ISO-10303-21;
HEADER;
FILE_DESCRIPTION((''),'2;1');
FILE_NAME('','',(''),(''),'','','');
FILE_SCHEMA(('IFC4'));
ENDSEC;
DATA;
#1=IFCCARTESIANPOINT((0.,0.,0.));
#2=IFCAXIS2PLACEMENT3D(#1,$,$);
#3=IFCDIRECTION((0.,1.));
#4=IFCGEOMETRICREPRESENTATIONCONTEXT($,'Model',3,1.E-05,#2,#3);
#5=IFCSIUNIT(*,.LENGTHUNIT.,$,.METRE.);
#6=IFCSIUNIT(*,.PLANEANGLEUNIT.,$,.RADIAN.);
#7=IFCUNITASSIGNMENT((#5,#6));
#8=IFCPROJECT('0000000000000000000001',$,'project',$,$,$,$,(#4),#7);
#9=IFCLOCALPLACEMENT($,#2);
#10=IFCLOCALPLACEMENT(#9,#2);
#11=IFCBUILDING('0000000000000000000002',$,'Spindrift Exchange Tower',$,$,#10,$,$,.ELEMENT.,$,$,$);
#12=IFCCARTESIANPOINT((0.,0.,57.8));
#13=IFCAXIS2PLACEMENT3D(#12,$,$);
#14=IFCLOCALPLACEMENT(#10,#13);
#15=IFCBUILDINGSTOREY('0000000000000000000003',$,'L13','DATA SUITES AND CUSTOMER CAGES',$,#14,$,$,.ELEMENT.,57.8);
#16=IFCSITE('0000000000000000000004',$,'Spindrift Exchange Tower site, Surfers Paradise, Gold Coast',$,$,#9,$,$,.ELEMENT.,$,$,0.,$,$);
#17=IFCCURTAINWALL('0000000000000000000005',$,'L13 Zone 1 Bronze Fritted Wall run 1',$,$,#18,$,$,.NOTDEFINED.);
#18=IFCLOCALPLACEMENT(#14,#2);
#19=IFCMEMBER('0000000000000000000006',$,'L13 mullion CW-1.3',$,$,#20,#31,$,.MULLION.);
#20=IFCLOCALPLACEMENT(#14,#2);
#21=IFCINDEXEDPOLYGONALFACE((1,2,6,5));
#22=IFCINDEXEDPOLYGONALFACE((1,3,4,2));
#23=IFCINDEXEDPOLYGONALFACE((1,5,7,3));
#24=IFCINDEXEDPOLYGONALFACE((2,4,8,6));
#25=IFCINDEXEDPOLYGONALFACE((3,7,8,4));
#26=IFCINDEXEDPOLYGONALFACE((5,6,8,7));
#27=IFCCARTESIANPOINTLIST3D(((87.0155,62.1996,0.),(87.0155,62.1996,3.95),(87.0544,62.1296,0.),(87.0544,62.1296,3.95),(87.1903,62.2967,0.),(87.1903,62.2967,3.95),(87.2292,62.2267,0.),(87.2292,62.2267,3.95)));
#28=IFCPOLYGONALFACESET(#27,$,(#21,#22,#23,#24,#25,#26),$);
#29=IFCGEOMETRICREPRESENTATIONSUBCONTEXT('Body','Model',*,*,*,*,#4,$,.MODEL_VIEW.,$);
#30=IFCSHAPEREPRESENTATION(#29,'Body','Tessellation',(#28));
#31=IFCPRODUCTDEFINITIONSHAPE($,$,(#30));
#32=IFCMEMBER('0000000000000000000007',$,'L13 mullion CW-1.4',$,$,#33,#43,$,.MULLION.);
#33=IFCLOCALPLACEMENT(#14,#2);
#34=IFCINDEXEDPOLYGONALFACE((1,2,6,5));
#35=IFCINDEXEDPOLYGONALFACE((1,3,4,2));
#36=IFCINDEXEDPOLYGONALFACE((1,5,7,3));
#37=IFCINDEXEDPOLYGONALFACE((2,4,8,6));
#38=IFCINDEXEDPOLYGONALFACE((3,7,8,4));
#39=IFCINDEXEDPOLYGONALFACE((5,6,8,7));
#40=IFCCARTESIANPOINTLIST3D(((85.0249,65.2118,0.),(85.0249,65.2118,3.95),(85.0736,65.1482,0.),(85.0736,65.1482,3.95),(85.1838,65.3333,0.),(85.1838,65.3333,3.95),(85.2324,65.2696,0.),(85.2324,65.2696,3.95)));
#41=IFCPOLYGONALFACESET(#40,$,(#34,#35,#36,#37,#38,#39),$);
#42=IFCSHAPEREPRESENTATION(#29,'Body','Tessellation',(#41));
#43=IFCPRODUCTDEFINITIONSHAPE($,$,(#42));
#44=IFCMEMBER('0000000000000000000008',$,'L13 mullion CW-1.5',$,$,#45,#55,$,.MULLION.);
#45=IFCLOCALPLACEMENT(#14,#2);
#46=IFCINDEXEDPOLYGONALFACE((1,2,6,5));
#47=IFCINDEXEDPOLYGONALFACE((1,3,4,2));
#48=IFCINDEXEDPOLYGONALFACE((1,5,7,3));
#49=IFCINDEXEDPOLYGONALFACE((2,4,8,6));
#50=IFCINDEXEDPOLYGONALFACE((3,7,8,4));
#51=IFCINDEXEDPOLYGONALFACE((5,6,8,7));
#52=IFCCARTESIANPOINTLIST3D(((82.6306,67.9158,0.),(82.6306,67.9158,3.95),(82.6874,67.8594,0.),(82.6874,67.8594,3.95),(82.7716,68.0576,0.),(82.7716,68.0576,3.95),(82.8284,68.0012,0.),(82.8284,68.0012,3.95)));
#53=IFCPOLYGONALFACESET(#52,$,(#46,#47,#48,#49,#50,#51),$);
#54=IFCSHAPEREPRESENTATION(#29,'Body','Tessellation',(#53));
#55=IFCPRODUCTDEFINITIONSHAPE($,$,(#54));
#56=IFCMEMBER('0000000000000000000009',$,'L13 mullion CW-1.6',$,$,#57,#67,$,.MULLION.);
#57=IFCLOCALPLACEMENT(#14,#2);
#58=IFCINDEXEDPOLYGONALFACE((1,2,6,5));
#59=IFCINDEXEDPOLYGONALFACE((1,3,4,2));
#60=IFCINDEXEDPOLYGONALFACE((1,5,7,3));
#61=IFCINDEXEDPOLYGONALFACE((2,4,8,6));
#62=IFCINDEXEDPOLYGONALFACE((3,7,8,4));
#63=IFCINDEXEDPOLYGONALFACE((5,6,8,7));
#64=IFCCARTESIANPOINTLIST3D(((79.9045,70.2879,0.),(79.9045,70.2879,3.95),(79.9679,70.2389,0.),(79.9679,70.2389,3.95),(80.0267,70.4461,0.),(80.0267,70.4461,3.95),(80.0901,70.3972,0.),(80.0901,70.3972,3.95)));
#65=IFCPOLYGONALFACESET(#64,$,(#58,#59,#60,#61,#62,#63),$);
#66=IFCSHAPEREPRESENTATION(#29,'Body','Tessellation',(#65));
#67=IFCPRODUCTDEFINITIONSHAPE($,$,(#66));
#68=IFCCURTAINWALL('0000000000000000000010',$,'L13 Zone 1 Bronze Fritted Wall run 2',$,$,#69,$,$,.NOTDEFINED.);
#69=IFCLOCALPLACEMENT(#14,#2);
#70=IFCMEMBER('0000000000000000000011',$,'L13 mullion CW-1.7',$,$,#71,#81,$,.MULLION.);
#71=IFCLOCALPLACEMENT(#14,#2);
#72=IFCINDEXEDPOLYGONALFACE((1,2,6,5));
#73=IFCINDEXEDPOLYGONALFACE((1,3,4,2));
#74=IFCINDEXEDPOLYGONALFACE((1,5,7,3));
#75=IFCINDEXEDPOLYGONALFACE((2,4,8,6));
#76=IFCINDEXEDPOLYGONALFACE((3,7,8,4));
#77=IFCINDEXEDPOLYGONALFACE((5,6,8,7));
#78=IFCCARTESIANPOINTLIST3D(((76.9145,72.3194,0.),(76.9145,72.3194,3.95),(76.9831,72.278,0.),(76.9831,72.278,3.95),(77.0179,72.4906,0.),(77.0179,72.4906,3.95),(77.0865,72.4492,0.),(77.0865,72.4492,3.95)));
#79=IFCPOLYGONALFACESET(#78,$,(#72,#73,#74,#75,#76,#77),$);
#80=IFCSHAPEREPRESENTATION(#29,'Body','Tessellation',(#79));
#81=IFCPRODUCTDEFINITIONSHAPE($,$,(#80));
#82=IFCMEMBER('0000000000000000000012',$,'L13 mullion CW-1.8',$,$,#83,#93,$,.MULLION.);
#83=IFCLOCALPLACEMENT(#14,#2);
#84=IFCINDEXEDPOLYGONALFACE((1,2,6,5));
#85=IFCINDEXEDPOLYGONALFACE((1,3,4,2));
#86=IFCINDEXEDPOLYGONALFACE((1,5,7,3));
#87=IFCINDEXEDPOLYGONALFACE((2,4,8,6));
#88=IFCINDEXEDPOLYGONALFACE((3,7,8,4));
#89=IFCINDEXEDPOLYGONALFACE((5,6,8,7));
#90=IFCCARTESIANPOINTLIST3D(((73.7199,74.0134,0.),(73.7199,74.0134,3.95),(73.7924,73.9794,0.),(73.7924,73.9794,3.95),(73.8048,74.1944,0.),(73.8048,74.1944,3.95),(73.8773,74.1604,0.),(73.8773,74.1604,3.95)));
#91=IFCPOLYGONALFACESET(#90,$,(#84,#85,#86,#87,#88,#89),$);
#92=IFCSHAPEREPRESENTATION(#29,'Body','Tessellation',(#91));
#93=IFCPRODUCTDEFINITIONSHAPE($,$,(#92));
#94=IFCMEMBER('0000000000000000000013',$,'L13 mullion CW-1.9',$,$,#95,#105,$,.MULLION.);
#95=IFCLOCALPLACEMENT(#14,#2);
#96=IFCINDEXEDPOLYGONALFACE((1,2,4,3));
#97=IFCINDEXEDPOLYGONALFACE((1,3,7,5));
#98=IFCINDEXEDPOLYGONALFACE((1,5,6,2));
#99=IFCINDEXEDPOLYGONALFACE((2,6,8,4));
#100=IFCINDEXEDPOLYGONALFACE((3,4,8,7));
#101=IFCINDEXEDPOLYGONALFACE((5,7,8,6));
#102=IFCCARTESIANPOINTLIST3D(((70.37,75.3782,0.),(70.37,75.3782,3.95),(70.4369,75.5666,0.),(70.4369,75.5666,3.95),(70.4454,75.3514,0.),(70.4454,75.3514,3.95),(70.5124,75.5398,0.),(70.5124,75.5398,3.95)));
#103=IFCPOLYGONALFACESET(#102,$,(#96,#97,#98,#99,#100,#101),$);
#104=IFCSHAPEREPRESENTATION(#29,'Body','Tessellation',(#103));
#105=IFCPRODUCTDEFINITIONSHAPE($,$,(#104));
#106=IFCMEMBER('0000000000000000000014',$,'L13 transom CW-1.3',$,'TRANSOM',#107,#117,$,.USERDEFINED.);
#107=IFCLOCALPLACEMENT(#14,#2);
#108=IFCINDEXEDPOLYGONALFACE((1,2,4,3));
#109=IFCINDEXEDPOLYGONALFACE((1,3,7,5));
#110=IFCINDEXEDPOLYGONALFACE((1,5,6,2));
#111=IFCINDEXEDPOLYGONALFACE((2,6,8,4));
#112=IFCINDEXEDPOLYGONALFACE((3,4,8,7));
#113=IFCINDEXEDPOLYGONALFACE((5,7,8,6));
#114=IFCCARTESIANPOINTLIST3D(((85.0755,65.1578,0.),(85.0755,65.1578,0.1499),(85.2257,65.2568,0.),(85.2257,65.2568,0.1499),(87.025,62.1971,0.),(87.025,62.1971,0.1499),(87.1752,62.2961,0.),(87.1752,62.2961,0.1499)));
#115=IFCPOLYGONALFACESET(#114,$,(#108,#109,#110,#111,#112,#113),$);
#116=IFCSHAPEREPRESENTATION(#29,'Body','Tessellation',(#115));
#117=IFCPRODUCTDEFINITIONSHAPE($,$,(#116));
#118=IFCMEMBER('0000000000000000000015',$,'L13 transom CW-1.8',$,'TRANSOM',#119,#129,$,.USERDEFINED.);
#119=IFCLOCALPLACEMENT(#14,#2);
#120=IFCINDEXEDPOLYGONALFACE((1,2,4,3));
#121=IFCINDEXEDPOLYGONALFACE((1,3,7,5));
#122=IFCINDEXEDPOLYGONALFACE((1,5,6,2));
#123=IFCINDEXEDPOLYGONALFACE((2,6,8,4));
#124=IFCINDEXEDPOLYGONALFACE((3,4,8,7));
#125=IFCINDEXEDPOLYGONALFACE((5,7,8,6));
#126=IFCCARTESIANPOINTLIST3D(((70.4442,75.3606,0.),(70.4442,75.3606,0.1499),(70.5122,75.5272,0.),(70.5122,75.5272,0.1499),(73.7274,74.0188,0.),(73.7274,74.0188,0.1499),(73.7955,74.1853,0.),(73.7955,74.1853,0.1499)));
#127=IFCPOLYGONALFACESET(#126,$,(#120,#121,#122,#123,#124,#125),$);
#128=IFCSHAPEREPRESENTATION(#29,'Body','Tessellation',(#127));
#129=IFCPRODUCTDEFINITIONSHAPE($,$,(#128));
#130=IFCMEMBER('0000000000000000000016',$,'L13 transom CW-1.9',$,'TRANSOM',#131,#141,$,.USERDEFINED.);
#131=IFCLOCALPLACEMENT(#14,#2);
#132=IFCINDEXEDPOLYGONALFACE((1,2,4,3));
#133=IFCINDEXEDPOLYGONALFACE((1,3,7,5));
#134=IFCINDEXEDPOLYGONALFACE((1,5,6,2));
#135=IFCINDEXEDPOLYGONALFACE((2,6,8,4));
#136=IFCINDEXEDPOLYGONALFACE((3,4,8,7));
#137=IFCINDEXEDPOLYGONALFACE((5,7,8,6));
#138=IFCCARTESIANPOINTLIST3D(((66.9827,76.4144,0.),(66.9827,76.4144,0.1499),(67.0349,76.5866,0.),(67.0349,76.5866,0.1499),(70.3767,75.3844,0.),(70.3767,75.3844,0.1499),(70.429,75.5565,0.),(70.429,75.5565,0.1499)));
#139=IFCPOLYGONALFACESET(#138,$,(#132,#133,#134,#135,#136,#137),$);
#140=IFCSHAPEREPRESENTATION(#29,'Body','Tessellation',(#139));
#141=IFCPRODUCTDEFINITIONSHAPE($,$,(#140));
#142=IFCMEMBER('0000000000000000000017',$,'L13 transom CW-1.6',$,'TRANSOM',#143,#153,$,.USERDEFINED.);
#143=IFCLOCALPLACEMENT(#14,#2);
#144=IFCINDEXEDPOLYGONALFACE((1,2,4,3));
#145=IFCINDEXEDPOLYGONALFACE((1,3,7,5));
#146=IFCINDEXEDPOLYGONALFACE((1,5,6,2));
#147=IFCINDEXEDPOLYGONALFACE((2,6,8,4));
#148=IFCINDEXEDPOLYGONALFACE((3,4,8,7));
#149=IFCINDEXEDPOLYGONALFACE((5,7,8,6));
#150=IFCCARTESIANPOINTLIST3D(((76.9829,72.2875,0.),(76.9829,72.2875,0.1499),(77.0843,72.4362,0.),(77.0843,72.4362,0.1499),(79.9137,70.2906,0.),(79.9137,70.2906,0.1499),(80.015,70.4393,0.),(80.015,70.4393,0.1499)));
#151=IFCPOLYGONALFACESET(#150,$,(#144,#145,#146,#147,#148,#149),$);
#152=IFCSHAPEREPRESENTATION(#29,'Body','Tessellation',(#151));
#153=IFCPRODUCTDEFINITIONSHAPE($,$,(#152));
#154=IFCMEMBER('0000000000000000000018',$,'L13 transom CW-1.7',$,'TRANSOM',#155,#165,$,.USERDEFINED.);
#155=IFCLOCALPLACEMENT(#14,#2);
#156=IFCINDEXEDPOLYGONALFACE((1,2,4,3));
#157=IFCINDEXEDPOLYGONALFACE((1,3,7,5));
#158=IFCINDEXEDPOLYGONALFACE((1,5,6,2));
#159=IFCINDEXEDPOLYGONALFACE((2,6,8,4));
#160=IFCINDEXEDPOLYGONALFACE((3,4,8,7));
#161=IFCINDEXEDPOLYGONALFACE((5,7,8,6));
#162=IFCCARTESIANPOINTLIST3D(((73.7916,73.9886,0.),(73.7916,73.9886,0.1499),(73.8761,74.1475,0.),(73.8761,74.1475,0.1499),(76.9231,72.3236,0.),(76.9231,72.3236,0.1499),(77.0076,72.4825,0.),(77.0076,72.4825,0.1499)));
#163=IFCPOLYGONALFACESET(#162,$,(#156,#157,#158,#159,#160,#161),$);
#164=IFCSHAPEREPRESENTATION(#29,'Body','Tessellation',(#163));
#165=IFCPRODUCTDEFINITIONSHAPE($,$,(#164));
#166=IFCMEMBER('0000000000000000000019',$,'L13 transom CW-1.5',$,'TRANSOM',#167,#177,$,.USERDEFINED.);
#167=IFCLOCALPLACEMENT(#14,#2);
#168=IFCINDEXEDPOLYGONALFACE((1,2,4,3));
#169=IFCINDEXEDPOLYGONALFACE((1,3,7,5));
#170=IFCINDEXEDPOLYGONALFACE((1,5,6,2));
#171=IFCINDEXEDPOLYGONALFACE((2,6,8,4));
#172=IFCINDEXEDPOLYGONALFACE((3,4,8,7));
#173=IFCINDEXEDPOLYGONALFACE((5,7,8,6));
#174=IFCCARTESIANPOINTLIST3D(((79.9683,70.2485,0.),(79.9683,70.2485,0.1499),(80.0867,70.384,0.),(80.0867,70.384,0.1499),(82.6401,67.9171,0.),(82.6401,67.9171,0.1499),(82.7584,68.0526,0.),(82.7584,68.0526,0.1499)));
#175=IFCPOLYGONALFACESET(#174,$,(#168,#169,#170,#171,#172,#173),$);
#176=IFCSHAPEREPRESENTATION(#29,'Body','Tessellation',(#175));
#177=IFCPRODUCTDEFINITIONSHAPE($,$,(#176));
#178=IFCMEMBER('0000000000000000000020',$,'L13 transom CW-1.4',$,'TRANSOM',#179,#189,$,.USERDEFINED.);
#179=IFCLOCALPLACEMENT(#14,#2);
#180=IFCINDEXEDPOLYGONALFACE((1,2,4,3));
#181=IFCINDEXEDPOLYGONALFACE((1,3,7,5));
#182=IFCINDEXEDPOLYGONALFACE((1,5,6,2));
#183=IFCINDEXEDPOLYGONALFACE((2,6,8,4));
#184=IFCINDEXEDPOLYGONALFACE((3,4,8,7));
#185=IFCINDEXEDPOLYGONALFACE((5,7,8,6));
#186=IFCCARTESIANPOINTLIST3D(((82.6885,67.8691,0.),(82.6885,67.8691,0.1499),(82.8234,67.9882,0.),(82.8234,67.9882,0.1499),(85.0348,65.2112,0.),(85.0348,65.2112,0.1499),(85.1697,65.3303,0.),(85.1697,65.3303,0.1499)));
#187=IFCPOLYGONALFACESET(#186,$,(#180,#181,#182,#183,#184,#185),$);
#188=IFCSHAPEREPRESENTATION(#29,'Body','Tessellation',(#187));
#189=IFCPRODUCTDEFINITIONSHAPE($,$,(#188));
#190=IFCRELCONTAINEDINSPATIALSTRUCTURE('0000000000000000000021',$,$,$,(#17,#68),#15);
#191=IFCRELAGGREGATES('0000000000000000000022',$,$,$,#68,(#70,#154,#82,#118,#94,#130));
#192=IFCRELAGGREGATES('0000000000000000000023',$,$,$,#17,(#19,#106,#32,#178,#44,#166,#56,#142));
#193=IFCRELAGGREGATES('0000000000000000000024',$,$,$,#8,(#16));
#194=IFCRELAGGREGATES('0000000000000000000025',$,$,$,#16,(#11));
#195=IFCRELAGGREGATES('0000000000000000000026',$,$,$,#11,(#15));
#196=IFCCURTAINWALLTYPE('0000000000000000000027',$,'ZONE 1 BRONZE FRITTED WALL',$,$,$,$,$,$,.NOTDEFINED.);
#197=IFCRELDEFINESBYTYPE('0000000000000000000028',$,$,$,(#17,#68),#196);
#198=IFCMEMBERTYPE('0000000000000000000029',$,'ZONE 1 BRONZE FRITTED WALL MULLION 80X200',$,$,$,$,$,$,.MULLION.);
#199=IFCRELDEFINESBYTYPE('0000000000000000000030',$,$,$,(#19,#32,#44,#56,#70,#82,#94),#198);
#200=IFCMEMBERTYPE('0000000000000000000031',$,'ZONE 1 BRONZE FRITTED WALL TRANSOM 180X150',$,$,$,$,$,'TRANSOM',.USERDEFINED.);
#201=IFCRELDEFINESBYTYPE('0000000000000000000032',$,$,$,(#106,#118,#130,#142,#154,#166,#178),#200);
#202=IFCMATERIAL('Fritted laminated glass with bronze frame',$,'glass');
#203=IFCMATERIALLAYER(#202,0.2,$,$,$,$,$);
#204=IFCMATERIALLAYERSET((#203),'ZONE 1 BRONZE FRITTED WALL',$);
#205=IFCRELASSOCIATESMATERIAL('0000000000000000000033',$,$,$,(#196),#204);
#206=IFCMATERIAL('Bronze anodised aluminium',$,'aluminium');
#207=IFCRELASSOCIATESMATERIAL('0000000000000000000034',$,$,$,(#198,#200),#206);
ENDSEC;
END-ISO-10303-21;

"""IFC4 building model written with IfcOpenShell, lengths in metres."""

from ifc_helpers import new_model, si_unit, direction, frame, origin, origin_2d, place, context, subcontext, project, spatial, rectangle, extrude, source, transform, mapped, material, layer, layer_set, material_profile, profile_set, type_object, element, aggregate, save


model = new_model("IFC4")

# Units and contexts
model_context = context("Model", 3, precision=1e-05, world=origin(), true_north=direction((0.0, 1.0)))
body_context = subcontext(model_context, "Body", "Model", "MODEL_VIEW")
ifc_project = project(units=[si_unit("LENGTHUNIT", "METRE"), si_unit("PLANEANGLEUNIT", "RADIAN")], contexts=[model_context])

# Site, building, storey
site_placement = place(None, origin())
site = spatial("IfcSite", under=ifc_project, at=site_placement, Name="Spindrift Exchange Tower site, Surfers Paradise, Gold Coast", CompositionType="ELEMENT", RefElevation=0.0)
building_placement = place(site_placement, origin())
building = spatial("IfcBuilding", under=site, at=building_placement, Name="Spindrift Exchange Tower", CompositionType="ELEMENT")
storey_placement = place(building_placement, frame((0.0, 0.0, 57.8)))
storey = spatial("IfcBuildingStorey", under=building, at=storey_placement, Name="L13", Description="DATA SUITES AND CUSTOMER CAGES", CompositionType="ELEMENT", Elevation=57.8)

# Curtain walls, members
ifc_material_1 = material(Name="Fritted laminated glass with bronze frame", Category="glass")
ifc_layer_1 = layer(ifc_material_1, 0.2)
ifc_layer_set_1 = layer_set([ifc_layer_1], Name="ZONE 1 BRONZE FRITTED WALL")
curtain_wall_type = type_object("IfcCurtainWallType", Name="ZONE 1 BRONZE FRITTED WALL", PredefinedType="NOTDEFINED", material=ifc_layer_set_1)
curtain_wall_1_placement = place(storey_placement, origin())
curtain_wall_1 = element("IfcCurtainWall", 1, at=curtain_wall_1_placement, inside=storey, type_object=curtain_wall_type, Name="L13 Zone 1 Bronze Fritted Wall run 1", PredefinedType="NOTDEFINED")
ifc_material_2 = material(Name="Bronze anodised aluminium", Category="aluminium")
ifc_material_profile_1 = material_profile(ifc_material_2, rectangle(XDim=0.0801, YDim=0.2, at=origin_2d()), Name="ZONE 1 BRONZE FRITTED WALL MULLION 80X200")
ifc_profile_set_1 = profile_set([ifc_material_profile_1], Name="Bronze anodised aluminium")
member_type_1 = type_object("IfcMemberType", Name="ZONE 1 BRONZE FRITTED WALL MULLION 80X200", PredefinedType="MULLION", material=ifc_profile_set_1)
shared_shape_1 = source(origin(), body_context, "Body", "SweptSolid", [
    extrude(rectangle(XDim=0.0801, YDim=0.2, at=origin_2d()), origin(), (0.0, 0.0, 1.0), 3.95),
])
member_1_placement = place(storey_placement, frame((87.1223, 62.2131, 0.0), z_axis=(0.0, 0.0, 1.0), x_axis=(-0.485621, 0.87417, 0.0)))
member_1 = element("IfcMember", 2, at=member_1_placement, type_object=member_type_1, Name="L13 mullion CW-1.3", PredefinedType="MULLION", context=body_context, shape_type="MappedRepresentation", body=[
    mapped(shared_shape_1, transform((0.0, 0.0, 0.0), scale=1.0)),
])
member_2_placement = place(storey_placement, frame((85.1287, 65.2407, 0.0), z_axis=(0.0, 0.0, 1.0), x_axis=(-0.607375, 0.794415, 0.0)))
member_2 = element("IfcMember", 3, at=member_2_placement, type_object=member_type_1, Name="L13 mullion CW-1.4", PredefinedType="MULLION", context=body_context, shape_type="MappedRepresentation", body=[
    mapped(shared_shape_1, transform((0.0, 0.0, 0.0), scale=1.0)),
])
member_3_placement = place(storey_placement, frame((82.7295, 67.9585, 0.0), z_axis=(0.0, 0.0, 1.0), x_axis=(-0.70914, 0.705068, 0.0)))
member_3 = element("IfcMember", 4, at=member_3_placement, type_object=member_type_1, Name="L13 mullion CW-1.5", PredefinedType="MULLION", context=body_context, shape_type="MappedRepresentation", body=[
    mapped(shared_shape_1, transform((0.0, 0.0, 0.0), scale=1.0)),
])
member_4_placement = place(storey_placement, frame((79.9973, 70.3425, 0.0), z_axis=(0.0, 0.0, 1.0), x_axis=(-0.791356, 0.611355, 0.0)))
member_4 = element("IfcMember", 5, at=member_4_placement, type_object=member_type_1, Name="L13 mullion CW-1.6", PredefinedType="MULLION", context=body_context, shape_type="MappedRepresentation", body=[
    mapped(shared_shape_1, transform((0.0, 0.0, 0.0), scale=1.0)),
])
curtain_wall_2_placement = place(storey_placement, origin())
curtain_wall_2 = element("IfcCurtainWall", 6, at=curtain_wall_2_placement, inside=storey, type_object=curtain_wall_type, Name="L13 Zone 1 Bronze Fritted Wall run 2", PredefinedType="NOTDEFINED")
member_5_placement = place(storey_placement, frame((77.0005, 72.3843, 0.0), z_axis=(0.0, 0.0, 1.0), x_axis=(-0.855967, 0.51703, 0.0)))
member_5 = element("IfcMember", 7, at=member_5_placement, type_object=member_type_1, Name="L13 mullion CW-1.7", PredefinedType="MULLION", context=body_context, shape_type="MappedRepresentation", body=[
    mapped(shared_shape_1, transform((0.0, 0.0, 0.0), scale=1.0)),
])
member_6_placement = place(storey_placement, frame((73.7986, 74.0869, 0.0), z_axis=(0.0, 0.0, 1.0), x_axis=(-0.905464, 0.424422, 0.0)))
member_6 = element("IfcMember", 8, at=member_6_placement, type_object=member_type_1, Name="L13 mullion CW-1.8", PredefinedType="MULLION", context=body_context, shape_type="MappedRepresentation", body=[
    mapped(shared_shape_1, transform((0.0, 0.0, 0.0), scale=1.0)),
])
member_7_placement = place(storey_placement, frame((70.4412, 75.459, 0.0), z_axis=(0.0, 0.0, 1.0), x_axis=(-0.94232, 0.334712, 0.0)))
member_7 = element("IfcMember", 9, at=member_7_placement, type_object=member_type_1, Name="L13 mullion CW-1.9", PredefinedType="MULLION", context=body_context, shape_type="MappedRepresentation", body=[
    mapped(shared_shape_1, transform((0.0, 0.0, 0.0), scale=1.0)),
])

# Members
ifc_material_profile_2 = material_profile(ifc_material_2, rectangle(XDim=0.1799, YDim=0.1499, at=origin_2d()), Name="ZONE 1 BRONZE FRITTED WALL TRANSOM 180X150")
ifc_profile_set_2 = profile_set([ifc_material_profile_2], Name="Bronze anodised aluminium")
member_type_2 = type_object("IfcMemberType", Name="ZONE 1 BRONZE FRITTED WALL TRANSOM 180X150", ElementType="TRANSOM", PredefinedType="USERDEFINED", material=ifc_profile_set_2)
shared_shape_2 = source(origin(), body_context, "Body", "SweptSolid", [
    extrude(rectangle(XDim=0.1799, YDim=0.1499, at=origin_2d()), origin(), (0.0, 0.0, 1.0), 3.5449),
])
member_8_placement = place(storey_placement, frame((87.1001, 62.2466, 0.075), z_axis=(-0.549939, 0.835205, 0.0), x_axis=(-0.835205, -0.549939, 0.0)))
member_8 = element("IfcMember", 10, at=member_8_placement, type_object=member_type_2, Name="L13 transom CW-1.3", ObjectType="TRANSOM", PredefinedType="USERDEFINED", context=body_context, shape_type="MappedRepresentation", body=[
    mapped(shared_shape_2, transform((0.0, 0.0, 0.0), scale=1.0)),
])
shared_shape_3 = source(origin(), body_context, "Body", "SweptSolid", [
    extrude(rectangle(XDim=0.1799, YDim=0.1499, at=origin_2d()), origin(), (0.0, 0.0, 1.0), 3.5469),
])
member_9_placement = place(storey_placement, frame((73.7615, 74.1021, 0.075), z_axis=(-0.925678, 0.378311, 0.0), x_axis=(-0.378311, -0.925678, 0.0)))
member_9 = element("IfcMember", 11, at=member_9_placement, type_object=member_type_2, Name="L13 transom CW-1.8", ObjectType="TRANSOM", PredefinedType="USERDEFINED", context=body_context, shape_type="MappedRepresentation", body=[
    mapped(shared_shape_3, transform((0.0, 0.0, 0.0), scale=1.0)),
])
member_10_placement = place(storey_placement, frame((70.4028, 75.4705, 0.075), z_axis=(-0.956904, 0.290403, 0.0), x_axis=(-0.290403, -0.956904, 0.0)))
member_10 = element("IfcMember", 12, at=member_10_placement, type_object=member_type_2, Name="L13 transom CW-1.9", ObjectType="TRANSOM", PredefinedType="USERDEFINED", context=body_context, shape_type="MappedRepresentation", body=[
    mapped(shared_shape_3, transform((0.0, 0.0, 0.0), scale=1.0)),
])
shared_shape_4 = source(origin(), body_context, "Body", "SweptSolid", [
    extrude(rectangle(XDim=0.1799, YDim=0.1499, at=origin_2d()), origin(), (0.0, 0.0, 1.0), 3.5464),
])
member_11_placement = place(storey_placement, frame((79.9644, 70.365, 0.075), z_axis=(-0.826405, 0.563076, 0.0), x_axis=(-0.563076, -0.826405, 0.0)))
member_11 = element("IfcMember", 13, at=member_11_placement, type_object=member_type_2, Name="L13 transom CW-1.6", ObjectType="TRANSOM", PredefinedType="USERDEFINED", context=body_context, shape_type="MappedRepresentation", body=[
    mapped(shared_shape_4, transform((0.0, 0.0, 0.0), scale=1.0)),
])
shared_shape_5 = source(origin(), body_context, "Body", "SweptSolid", [
    extrude(rectangle(XDim=0.1799, YDim=0.1499, at=origin_2d()), origin(), (0.0, 0.0, 1.0), 3.5466),
])
member_12_placement = place(storey_placement, frame((76.9653, 72.4031, 0.075), z_axis=(-0.882954, 0.469459, 0.0), x_axis=(-0.469459, -0.882954, 0.0)))
member_12 = element("IfcMember", 14, at=member_12_placement, type_object=member_type_2, Name="L13 transom CW-1.7", ObjectType="TRANSOM", PredefinedType="USERDEFINED", context=body_context, shape_type="MappedRepresentation", body=[
    mapped(shared_shape_5, transform((0.0, 0.0, 0.0), scale=1.0)),
])
shared_shape_6 = source(origin(), body_context, "Body", "SweptSolid", [
    extrude(rectangle(XDim=0.1799, YDim=0.1499, at=origin_2d()), origin(), (0.0, 0.0, 1.0), 3.5459),
])
member_13_placement = place(storey_placement, frame((82.6992, 67.9849, 0.075), z_axis=(-0.753467, 0.657485, 0.0), x_axis=(-0.657485, -0.753467, 0.0)))
member_13 = element("IfcMember", 15, at=member_13_placement, type_object=member_type_2, Name="L13 transom CW-1.5", ObjectType="TRANSOM", PredefinedType="USERDEFINED", context=body_context, shape_type="MappedRepresentation", body=[
    mapped(shared_shape_6, transform((0.0, 0.0, 0.0), scale=1.0)),
])
shared_shape_7 = source(origin(), body_context, "Body", "SweptSolid", [
    extrude(rectangle(XDim=0.1799, YDim=0.1499, at=origin_2d()), origin(), (0.0, 0.0, 1.0), 3.5454),
])
member_14_placement = place(storey_placement, frame((85.1023, 65.2708, 0.075), z_axis=(-0.661808, 0.749673, 0.0), x_axis=(-0.749673, -0.661808, 0.0)))
member_14 = element("IfcMember", 16, at=member_14_placement, type_object=member_type_2, Name="L13 transom CW-1.4", ObjectType="TRANSOM", PredefinedType="USERDEFINED", context=body_context, shape_type="MappedRepresentation", body=[
    mapped(shared_shape_7, transform((0.0, 0.0, 0.0), scale=1.0)),
])

aggregate(curtain_wall_2, [member_5, member_12, member_6, member_9, member_7, member_10])
aggregate(curtain_wall_1, [member_1, member_8, member_2, member_14, member_3, member_13, member_4, member_11])

save(model, "model.ifc")
